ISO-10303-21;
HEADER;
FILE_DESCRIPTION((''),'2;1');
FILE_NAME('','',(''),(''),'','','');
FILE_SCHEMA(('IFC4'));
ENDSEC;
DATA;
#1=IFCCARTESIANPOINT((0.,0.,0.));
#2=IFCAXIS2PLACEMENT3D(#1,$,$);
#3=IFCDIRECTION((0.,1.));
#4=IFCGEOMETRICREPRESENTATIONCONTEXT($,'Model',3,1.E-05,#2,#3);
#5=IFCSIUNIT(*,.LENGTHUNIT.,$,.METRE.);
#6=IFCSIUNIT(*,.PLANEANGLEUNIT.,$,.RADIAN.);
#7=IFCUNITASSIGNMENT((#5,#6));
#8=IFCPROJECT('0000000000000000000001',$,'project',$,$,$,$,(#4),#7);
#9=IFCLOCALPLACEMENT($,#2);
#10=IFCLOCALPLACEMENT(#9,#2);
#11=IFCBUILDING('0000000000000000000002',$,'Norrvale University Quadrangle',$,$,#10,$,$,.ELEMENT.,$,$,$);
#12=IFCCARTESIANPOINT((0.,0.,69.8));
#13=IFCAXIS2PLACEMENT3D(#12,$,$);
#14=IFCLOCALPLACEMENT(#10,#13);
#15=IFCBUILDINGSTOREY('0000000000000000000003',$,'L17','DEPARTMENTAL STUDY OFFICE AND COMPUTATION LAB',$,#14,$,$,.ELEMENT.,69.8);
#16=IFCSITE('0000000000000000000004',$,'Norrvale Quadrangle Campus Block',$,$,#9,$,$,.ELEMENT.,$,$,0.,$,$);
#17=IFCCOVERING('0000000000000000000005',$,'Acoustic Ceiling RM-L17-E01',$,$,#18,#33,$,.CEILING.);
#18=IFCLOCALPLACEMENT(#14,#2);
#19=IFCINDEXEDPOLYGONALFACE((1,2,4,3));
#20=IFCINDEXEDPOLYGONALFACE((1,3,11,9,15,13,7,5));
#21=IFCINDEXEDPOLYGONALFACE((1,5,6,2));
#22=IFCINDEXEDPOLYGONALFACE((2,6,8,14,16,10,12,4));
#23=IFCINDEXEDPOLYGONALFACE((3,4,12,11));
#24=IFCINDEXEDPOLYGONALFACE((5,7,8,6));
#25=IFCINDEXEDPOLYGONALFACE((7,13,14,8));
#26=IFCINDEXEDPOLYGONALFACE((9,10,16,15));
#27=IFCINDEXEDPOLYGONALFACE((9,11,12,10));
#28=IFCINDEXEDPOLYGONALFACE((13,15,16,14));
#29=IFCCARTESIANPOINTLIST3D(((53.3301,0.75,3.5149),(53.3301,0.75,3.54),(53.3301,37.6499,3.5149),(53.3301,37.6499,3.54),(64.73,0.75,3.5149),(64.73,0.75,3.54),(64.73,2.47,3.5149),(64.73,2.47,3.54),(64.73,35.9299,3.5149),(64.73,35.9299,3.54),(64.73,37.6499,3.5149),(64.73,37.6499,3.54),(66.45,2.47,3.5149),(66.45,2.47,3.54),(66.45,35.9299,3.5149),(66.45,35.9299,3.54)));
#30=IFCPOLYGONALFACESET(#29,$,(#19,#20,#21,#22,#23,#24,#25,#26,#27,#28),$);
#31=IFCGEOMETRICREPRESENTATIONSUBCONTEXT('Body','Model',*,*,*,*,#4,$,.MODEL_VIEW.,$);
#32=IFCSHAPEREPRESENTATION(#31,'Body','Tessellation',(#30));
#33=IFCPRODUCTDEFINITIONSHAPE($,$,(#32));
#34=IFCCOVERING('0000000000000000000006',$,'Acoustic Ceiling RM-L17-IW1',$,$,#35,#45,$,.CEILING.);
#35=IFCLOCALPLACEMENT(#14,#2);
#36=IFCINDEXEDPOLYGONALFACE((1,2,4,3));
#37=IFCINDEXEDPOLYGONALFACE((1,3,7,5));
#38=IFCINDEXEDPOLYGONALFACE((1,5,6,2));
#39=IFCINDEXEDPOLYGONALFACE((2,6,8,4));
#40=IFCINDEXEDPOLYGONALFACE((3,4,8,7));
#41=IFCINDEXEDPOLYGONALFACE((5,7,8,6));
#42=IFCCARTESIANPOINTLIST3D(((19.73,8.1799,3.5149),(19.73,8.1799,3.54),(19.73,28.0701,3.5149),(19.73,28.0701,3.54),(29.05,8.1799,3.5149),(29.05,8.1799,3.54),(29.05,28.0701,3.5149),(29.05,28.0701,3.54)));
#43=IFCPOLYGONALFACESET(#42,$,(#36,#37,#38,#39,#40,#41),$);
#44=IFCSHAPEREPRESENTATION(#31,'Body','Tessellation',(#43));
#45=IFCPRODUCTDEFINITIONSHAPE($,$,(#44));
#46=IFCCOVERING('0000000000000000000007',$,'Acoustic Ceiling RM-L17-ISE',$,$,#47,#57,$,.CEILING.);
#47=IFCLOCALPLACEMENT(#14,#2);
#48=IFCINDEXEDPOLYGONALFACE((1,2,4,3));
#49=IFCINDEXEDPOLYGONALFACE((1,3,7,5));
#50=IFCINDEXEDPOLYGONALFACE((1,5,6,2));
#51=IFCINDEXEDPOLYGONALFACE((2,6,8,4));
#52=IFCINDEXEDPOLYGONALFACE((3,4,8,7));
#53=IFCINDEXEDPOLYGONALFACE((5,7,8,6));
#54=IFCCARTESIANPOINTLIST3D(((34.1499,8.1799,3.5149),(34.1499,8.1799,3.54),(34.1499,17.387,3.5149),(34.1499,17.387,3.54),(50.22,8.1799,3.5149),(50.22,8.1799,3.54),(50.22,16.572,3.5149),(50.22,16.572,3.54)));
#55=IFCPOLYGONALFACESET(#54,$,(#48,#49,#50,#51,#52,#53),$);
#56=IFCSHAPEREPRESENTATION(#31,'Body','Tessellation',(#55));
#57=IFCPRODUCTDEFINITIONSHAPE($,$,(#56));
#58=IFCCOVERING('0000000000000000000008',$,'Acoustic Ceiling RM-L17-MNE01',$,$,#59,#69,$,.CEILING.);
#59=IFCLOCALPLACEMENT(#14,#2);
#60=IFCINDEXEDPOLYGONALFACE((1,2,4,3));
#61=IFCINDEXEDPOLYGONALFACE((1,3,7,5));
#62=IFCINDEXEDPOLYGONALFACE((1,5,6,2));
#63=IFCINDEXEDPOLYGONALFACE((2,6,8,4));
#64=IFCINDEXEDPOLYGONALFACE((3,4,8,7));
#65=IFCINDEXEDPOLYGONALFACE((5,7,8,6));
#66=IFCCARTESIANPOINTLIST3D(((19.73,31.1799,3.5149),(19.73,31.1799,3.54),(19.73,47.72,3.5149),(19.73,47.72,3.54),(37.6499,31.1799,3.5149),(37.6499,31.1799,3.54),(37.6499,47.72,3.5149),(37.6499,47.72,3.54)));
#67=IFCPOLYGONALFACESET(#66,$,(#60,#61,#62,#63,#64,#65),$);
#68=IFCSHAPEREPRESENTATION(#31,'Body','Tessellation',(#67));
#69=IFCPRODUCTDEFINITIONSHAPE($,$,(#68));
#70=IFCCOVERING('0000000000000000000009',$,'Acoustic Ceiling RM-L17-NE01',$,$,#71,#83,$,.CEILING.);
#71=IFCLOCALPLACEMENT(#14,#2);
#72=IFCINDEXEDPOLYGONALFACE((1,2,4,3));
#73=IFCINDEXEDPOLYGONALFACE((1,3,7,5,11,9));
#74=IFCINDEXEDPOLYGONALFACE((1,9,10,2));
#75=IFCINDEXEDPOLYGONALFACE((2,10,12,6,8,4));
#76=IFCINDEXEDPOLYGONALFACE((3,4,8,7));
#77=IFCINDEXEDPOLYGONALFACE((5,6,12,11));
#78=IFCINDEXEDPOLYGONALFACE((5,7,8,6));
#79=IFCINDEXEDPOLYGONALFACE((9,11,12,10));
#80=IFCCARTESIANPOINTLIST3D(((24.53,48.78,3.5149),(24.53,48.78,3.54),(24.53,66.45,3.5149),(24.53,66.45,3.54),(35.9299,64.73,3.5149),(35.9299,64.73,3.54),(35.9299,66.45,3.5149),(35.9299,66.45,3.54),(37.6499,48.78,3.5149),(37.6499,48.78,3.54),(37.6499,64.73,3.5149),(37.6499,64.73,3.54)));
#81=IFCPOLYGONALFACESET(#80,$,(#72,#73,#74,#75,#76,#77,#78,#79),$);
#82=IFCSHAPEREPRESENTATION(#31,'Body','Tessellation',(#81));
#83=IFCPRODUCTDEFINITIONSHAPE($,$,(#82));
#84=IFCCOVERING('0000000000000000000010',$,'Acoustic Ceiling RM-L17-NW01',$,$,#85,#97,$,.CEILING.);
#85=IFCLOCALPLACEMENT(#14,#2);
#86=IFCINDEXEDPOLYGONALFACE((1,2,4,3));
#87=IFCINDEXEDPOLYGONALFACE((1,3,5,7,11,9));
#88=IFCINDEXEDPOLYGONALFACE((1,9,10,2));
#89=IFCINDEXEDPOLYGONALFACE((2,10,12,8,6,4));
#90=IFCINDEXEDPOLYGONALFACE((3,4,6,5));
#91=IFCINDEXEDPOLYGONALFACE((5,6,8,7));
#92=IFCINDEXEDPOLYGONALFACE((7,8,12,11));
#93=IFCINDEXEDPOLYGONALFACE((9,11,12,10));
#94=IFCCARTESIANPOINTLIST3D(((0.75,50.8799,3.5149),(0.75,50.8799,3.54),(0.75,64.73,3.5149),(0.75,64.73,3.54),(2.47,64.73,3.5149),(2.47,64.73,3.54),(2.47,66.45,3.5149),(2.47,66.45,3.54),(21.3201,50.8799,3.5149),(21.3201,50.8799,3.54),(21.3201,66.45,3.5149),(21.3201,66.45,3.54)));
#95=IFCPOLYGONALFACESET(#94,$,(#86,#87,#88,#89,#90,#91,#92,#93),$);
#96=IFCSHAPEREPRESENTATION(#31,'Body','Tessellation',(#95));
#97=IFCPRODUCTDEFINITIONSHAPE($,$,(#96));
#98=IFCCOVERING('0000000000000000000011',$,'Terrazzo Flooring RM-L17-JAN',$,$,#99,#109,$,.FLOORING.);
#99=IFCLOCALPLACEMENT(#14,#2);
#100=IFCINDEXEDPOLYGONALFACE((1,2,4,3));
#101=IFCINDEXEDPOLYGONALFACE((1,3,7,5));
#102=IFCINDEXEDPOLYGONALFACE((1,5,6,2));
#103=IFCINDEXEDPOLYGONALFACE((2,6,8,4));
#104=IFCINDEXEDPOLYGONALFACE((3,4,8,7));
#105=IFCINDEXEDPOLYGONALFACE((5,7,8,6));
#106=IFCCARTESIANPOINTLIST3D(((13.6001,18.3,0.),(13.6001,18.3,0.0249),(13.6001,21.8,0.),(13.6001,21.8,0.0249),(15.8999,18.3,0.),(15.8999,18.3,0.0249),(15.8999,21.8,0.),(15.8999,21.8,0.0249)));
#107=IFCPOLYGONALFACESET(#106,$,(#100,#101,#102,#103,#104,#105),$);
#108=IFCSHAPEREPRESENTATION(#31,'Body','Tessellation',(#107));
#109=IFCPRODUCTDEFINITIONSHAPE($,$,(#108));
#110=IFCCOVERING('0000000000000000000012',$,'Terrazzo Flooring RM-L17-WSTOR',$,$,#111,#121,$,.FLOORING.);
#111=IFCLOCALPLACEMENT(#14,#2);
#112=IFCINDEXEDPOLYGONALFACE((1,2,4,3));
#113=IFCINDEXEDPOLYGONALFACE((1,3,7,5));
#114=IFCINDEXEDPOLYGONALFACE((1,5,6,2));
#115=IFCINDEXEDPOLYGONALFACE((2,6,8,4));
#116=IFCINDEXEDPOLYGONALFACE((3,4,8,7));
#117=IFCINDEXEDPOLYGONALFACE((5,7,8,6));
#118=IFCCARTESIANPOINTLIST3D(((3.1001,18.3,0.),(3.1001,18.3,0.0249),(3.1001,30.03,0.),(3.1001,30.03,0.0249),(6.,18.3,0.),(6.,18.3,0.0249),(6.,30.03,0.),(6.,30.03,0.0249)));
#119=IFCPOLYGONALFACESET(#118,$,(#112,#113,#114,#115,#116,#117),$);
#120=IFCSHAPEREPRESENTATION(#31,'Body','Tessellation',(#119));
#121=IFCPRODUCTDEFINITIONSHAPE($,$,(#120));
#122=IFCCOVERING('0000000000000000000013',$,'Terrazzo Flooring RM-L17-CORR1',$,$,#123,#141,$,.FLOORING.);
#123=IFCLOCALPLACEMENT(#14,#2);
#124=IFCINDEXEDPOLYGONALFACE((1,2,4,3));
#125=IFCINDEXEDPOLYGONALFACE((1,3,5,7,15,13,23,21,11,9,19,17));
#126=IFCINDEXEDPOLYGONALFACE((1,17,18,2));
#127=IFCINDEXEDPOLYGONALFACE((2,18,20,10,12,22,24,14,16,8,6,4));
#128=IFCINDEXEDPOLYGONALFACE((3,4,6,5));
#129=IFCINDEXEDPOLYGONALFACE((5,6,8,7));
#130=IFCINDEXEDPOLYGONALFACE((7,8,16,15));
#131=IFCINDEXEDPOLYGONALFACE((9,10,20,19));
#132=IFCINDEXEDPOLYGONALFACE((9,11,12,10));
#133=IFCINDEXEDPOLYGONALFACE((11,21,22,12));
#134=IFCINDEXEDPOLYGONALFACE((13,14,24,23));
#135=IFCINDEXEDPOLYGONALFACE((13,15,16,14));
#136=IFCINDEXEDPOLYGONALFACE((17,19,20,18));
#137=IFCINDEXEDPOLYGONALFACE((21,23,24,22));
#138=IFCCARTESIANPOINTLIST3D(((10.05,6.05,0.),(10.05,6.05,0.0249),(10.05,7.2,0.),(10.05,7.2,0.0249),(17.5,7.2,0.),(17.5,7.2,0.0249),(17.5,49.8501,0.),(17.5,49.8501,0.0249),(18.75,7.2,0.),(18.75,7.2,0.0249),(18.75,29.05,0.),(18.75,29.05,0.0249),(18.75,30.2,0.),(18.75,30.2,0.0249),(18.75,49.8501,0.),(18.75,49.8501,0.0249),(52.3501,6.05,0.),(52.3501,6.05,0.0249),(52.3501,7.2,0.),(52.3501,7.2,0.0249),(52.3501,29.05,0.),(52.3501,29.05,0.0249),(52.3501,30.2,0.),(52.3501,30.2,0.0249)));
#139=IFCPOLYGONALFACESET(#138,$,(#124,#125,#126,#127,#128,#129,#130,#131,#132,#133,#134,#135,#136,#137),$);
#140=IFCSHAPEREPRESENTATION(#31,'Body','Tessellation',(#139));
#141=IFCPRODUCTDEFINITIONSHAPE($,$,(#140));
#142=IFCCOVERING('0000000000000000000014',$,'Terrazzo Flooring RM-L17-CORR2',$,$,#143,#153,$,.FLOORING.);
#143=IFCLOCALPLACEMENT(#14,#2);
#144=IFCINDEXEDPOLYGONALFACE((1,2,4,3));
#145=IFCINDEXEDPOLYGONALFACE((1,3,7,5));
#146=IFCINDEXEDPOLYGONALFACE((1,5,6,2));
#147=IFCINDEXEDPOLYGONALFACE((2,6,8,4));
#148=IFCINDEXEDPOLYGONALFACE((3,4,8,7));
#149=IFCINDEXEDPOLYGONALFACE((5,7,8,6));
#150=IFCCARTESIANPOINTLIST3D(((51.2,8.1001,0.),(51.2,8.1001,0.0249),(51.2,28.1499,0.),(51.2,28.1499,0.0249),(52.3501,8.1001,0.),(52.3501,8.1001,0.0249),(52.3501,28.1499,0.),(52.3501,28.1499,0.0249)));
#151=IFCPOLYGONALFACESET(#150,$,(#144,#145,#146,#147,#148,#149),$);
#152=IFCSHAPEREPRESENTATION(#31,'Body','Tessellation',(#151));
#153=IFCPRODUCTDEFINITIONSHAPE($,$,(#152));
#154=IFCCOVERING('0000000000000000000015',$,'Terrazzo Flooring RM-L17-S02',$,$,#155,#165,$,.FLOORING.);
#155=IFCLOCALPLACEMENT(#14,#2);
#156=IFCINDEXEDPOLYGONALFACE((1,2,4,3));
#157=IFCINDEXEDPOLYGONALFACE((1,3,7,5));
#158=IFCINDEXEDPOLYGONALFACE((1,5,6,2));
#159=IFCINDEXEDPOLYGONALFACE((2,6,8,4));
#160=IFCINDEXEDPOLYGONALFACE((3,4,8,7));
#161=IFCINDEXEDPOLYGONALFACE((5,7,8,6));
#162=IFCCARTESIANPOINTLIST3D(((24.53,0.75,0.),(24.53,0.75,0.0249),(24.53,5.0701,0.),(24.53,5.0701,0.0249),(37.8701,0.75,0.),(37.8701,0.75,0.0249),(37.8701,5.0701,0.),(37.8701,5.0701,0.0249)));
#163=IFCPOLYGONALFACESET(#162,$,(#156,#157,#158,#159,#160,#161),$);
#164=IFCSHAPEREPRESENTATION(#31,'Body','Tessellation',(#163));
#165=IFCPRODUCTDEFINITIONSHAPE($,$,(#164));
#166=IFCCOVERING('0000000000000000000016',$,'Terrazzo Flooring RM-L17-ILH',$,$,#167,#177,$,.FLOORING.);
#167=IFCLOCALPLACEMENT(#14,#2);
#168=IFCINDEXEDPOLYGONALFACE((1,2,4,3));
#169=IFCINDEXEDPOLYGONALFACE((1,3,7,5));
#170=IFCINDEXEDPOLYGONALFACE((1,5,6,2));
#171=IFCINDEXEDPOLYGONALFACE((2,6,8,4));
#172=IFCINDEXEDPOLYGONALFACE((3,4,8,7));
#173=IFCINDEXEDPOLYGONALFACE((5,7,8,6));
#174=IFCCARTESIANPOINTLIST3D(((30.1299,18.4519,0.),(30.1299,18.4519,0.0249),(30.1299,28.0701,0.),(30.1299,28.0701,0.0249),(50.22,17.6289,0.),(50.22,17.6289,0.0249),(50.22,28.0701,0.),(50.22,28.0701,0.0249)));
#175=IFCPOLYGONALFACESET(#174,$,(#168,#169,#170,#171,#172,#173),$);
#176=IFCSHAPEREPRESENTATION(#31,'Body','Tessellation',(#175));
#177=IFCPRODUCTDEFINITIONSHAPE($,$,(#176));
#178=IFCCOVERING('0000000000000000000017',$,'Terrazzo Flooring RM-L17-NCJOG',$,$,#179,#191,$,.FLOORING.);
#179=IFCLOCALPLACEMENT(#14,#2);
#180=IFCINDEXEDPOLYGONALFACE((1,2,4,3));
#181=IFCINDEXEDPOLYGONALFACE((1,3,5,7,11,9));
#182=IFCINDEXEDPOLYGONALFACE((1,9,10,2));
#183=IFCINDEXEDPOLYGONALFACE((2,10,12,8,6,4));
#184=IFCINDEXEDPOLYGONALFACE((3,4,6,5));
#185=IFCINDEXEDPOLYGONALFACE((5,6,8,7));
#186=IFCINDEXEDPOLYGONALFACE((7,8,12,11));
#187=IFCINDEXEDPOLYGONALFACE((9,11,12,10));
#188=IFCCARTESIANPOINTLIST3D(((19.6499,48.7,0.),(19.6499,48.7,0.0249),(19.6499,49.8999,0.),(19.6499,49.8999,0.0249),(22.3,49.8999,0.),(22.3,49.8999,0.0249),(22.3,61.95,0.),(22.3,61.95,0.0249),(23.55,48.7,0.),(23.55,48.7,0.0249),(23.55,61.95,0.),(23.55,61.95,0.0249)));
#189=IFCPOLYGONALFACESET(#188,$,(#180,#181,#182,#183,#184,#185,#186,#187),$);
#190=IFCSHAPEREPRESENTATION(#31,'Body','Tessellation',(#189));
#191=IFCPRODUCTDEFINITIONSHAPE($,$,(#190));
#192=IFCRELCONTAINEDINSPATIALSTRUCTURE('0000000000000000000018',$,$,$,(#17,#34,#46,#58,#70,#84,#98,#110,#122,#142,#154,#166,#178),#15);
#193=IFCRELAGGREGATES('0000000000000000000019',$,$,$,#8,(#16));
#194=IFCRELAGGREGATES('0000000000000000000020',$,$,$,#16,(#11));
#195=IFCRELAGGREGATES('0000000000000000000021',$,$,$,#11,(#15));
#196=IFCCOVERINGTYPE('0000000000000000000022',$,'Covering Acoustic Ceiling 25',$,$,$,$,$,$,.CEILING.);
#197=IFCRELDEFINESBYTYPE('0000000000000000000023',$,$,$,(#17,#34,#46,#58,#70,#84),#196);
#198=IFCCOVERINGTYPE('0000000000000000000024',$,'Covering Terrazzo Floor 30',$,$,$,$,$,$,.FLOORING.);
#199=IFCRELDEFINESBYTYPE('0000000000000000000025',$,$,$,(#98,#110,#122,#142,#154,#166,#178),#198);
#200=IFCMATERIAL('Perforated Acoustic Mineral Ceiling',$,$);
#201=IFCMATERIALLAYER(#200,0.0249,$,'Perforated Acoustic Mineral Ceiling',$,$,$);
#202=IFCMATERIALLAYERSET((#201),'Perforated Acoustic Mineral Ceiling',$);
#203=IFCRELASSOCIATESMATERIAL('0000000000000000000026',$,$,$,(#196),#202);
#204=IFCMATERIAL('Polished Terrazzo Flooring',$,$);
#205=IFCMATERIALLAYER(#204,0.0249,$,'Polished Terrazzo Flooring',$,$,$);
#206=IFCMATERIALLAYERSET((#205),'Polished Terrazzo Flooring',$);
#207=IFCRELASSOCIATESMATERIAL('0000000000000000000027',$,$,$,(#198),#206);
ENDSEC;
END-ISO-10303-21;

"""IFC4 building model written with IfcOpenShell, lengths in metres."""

from ifc_helpers import new_model, si_unit, direction, frame, origin, place, context, subcontext, project, spatial, polyline, outline, extrude, material, layer, layer_set, type_object, element, save


model = new_model("IFC4")

# Units and contexts
model_context = context("Model", 3, precision=1e-05, world=origin(), true_north=direction((0.0, 1.0)))
body_context = subcontext(model_context, "Body", "Model", "MODEL_VIEW")
ifc_project = project(units=[si_unit("LENGTHUNIT", "METRE"), si_unit("PLANEANGLEUNIT", "RADIAN")], contexts=[model_context])

# Site, building, storey
site_placement = place(None, origin())
site = spatial("IfcSite", under=ifc_project, at=site_placement, Name="Norrvale Quadrangle Campus Block", CompositionType="ELEMENT", RefElevation=0.0)
building_placement = place(site_placement, origin())
building = spatial("IfcBuilding", under=site, at=building_placement, Name="Norrvale University Quadrangle", CompositionType="ELEMENT")
storey_placement = place(building_placement, frame((0.0, 0.0, 69.8)))
storey = spatial("IfcBuildingStorey", under=building, at=storey_placement, Name="L17", Description="DEPARTMENTAL STUDY OFFICE AND COMPUTATION LAB", CompositionType="ELEMENT", Elevation=69.8)

# Coverings
ifc_material_1 = material(Name="Perforated Acoustic Mineral Ceiling")
ifc_layer_1 = layer(ifc_material_1, 0.0249, Name="Perforated Acoustic Mineral Ceiling")
ifc_layer_set_1 = layer_set([ifc_layer_1], Name="Perforated Acoustic Mineral Ceiling")
covering_type_1 = type_object("IfcCoveringType", Name="Covering Acoustic Ceiling 25", PredefinedType="CEILING", material=ifc_layer_set_1)
covering_1_placement = place(storey_placement, frame((0.0, 0.0, 3.5149)))
element("IfcCovering", 1, at=covering_1_placement, inside=storey, type_object=covering_type_1, Name="Acoustic Ceiling RM-L17-E01", PredefinedType="CEILING", context=body_context, shape_type="SweptSolid", body=[
    extrude(outline(polyline([(53.3301, 0.75), (53.3301, 37.6499), (64.73, 37.6499), (64.73, 35.9299), (66.45, 35.9299), (66.45, 2.47), (64.73, 2.47), (64.73, 0.75), (53.3301, 0.75)])), origin(), (0.0, 0.0, 1.0), 0.0251),
])
covering_2_placement = place(storey_placement, frame((0.0, 0.0, 3.5149)))
element("IfcCovering", 2, at=covering_2_placement, inside=storey, type_object=covering_type_1, Name="Acoustic Ceiling RM-L17-IW1", PredefinedType="CEILING", context=body_context, shape_type="SweptSolid", body=[
    extrude(outline(polyline([(19.73, 8.1799), (19.73, 28.0701), (29.05, 28.0701), (29.05, 8.1799), (19.73, 8.1799)])), origin(), (0.0, 0.0, 1.0), 0.0251),
])
covering_3_placement = place(storey_placement, frame((0.0, 0.0, 3.5149)))
element("IfcCovering", 3, at=covering_3_placement, inside=storey, type_object=covering_type_1, Name="Acoustic Ceiling RM-L17-ISE", PredefinedType="CEILING", context=body_context, shape_type="SweptSolid", body=[
    extrude(outline(polyline([(34.1499, 8.1799), (34.1499, 17.387), (50.22, 16.572), (50.22, 8.1799), (34.1499, 8.1799)])), origin(), (0.0, 0.0, 1.0), 0.0251),
])
covering_4_placement = place(storey_placement, frame((0.0, 0.0, 3.5149)))
element("IfcCovering", 4, at=covering_4_placement, inside=storey, type_object=covering_type_1, Name="Acoustic Ceiling RM-L17-MNE01", PredefinedType="CEILING", context=body_context, shape_type="SweptSolid", body=[
    extrude(outline(polyline([(19.73, 47.72), (37.6499, 47.72), (37.6499, 31.1799), (19.73, 31.1799), (19.73, 47.72)])), origin(), (0.0, 0.0, 1.0), 0.0251),
])
covering_5_placement = place(storey_placement, frame((0.0, 0.0, 3.5149)))
element("IfcCovering", 5, at=covering_5_placement, inside=storey, type_object=covering_type_1, Name="Acoustic Ceiling RM-L17-NE01", PredefinedType="CEILING", context=body_context, shape_type="SweptSolid", body=[
    extrude(outline(polyline([(37.6499, 48.78), (24.53, 48.78), (24.53, 66.45), (35.9299, 66.45), (35.9299, 64.73), (37.6499, 64.73), (37.6499, 48.78)])), origin(), (0.0, 0.0, 1.0), 0.0251),
])
covering_6_placement = place(storey_placement, frame((0.0, 0.0, 3.5149)))
element("IfcCovering", 6, at=covering_6_placement, inside=storey, type_object=covering_type_1, Name="Acoustic Ceiling RM-L17-NW01", PredefinedType="CEILING", context=body_context, shape_type="SweptSolid", body=[
    extrude(outline(polyline([(21.3201, 66.45), (21.3201, 50.8799), (0.75, 50.8799), (0.75, 64.73), (2.47, 64.73), (2.47, 66.45), (21.3201, 66.45)])), origin(), (0.0, 0.0, 1.0), 0.0251),
])
ifc_material_2 = material(Name="Polished Terrazzo Flooring")
ifc_layer_2 = layer(ifc_material_2, 0.0249, Name="Polished Terrazzo Flooring")
ifc_layer_set_2 = layer_set([ifc_layer_2], Name="Polished Terrazzo Flooring")
covering_type_2 = type_object("IfcCoveringType", Name="Covering Terrazzo Floor 30", PredefinedType="FLOORING", material=ifc_layer_set_2)
covering_7_placement = place(storey_placement, origin())
element("IfcCovering", 7, at=covering_7_placement, inside=storey, type_object=covering_type_2, Name="Terrazzo Flooring RM-L17-JAN", PredefinedType="FLOORING", context=body_context, shape_type="SweptSolid", body=[
    extrude(outline(polyline([(13.6001, 18.3), (13.6001, 21.8), (15.8999, 21.8), (15.8999, 18.3), (13.6001, 18.3)])), origin(), (0.0, 0.0, 1.0), 0.0249),
])
covering_8_placement = place(storey_placement, origin())
element("IfcCovering", 8, at=covering_8_placement, inside=storey, type_object=covering_type_2, Name="Terrazzo Flooring RM-L17-WSTOR", PredefinedType="FLOORING", context=body_context, shape_type="SweptSolid", body=[
    extrude(outline(polyline([(3.1001, 18.3), (3.1001, 30.03), (6.0, 30.03), (6.0, 18.3), (3.1001, 18.3)])), origin(), (0.0, 0.0, 1.0), 0.0249),
])
covering_9_placement = place(storey_placement, origin())
element("IfcCovering", 9, at=covering_9_placement, inside=storey, type_object=covering_type_2, Name="Terrazzo Flooring RM-L17-CORR1", PredefinedType="FLOORING", context=body_context, shape_type="SweptSolid", body=[
    extrude(outline(polyline([(10.05, 6.05), (10.05, 7.2), (17.5, 7.2), (17.5, 49.8501), (18.75, 49.8501), (18.75, 30.2), (52.3501, 30.2), (52.3501, 29.05), (18.75, 29.05), (18.75, 7.2), (52.3501, 7.2), (52.3501, 6.05), (10.05, 6.05)])), origin(), (0.0, 0.0, 1.0), 0.0249),
])
covering_10_placement = place(storey_placement, origin())
element("IfcCovering", 10, at=covering_10_placement, inside=storey, type_object=covering_type_2, Name="Terrazzo Flooring RM-L17-CORR2", PredefinedType="FLOORING", context=body_context, shape_type="SweptSolid", body=[
    extrude(outline(polyline([(51.2, 8.1001), (51.2, 28.1499), (52.3501, 28.1499), (52.3501, 8.1001), (51.2, 8.1001)])), origin(), (0.0, 0.0, 1.0), 0.0249),
])
covering_11_placement = place(storey_placement, origin())
element("IfcCovering", 11, at=covering_11_placement, inside=storey, type_object=covering_type_2, Name="Terrazzo Flooring RM-L17-S02", PredefinedType="FLOORING", context=body_context, shape_type="SweptSolid", body=[
    extrude(outline(polyline([(24.53, 5.0701), (37.8701, 5.0701), (37.8701, 0.75), (24.53, 0.75), (24.53, 5.0701)])), origin(), (0.0, 0.0, 1.0), 0.0249),
])
covering_12_placement = place(storey_placement, origin())
element("IfcCovering", 12, at=covering_12_placement, inside=storey, type_object=covering_type_2, Name="Terrazzo Flooring RM-L17-ILH", PredefinedType="FLOORING", context=body_context, shape_type="SweptSolid", body=[
    extrude(outline(polyline([(30.1299, 18.4519), (30.1299, 28.0701), (50.22, 28.0701), (50.22, 17.6289), (30.1299, 18.4519)])), origin(), (0.0, 0.0, 1.0), 0.0249),
])
covering_13_placement = place(storey_placement, origin())
element("IfcCovering", 13, at=covering_13_placement, inside=storey, type_object=covering_type_2, Name="Terrazzo Flooring RM-L17-NCJOG", PredefinedType="FLOORING", context=body_context, shape_type="SweptSolid", body=[
    extrude(outline(polyline([(19.6499, 48.7), (19.6499, 49.8999), (22.3, 49.8999), (22.3, 61.95), (23.55, 61.95), (23.55, 48.7), (19.6499, 48.7)])), origin(), (0.0, 0.0, 1.0), 0.0249),
])

save(model, "model.ifc")
